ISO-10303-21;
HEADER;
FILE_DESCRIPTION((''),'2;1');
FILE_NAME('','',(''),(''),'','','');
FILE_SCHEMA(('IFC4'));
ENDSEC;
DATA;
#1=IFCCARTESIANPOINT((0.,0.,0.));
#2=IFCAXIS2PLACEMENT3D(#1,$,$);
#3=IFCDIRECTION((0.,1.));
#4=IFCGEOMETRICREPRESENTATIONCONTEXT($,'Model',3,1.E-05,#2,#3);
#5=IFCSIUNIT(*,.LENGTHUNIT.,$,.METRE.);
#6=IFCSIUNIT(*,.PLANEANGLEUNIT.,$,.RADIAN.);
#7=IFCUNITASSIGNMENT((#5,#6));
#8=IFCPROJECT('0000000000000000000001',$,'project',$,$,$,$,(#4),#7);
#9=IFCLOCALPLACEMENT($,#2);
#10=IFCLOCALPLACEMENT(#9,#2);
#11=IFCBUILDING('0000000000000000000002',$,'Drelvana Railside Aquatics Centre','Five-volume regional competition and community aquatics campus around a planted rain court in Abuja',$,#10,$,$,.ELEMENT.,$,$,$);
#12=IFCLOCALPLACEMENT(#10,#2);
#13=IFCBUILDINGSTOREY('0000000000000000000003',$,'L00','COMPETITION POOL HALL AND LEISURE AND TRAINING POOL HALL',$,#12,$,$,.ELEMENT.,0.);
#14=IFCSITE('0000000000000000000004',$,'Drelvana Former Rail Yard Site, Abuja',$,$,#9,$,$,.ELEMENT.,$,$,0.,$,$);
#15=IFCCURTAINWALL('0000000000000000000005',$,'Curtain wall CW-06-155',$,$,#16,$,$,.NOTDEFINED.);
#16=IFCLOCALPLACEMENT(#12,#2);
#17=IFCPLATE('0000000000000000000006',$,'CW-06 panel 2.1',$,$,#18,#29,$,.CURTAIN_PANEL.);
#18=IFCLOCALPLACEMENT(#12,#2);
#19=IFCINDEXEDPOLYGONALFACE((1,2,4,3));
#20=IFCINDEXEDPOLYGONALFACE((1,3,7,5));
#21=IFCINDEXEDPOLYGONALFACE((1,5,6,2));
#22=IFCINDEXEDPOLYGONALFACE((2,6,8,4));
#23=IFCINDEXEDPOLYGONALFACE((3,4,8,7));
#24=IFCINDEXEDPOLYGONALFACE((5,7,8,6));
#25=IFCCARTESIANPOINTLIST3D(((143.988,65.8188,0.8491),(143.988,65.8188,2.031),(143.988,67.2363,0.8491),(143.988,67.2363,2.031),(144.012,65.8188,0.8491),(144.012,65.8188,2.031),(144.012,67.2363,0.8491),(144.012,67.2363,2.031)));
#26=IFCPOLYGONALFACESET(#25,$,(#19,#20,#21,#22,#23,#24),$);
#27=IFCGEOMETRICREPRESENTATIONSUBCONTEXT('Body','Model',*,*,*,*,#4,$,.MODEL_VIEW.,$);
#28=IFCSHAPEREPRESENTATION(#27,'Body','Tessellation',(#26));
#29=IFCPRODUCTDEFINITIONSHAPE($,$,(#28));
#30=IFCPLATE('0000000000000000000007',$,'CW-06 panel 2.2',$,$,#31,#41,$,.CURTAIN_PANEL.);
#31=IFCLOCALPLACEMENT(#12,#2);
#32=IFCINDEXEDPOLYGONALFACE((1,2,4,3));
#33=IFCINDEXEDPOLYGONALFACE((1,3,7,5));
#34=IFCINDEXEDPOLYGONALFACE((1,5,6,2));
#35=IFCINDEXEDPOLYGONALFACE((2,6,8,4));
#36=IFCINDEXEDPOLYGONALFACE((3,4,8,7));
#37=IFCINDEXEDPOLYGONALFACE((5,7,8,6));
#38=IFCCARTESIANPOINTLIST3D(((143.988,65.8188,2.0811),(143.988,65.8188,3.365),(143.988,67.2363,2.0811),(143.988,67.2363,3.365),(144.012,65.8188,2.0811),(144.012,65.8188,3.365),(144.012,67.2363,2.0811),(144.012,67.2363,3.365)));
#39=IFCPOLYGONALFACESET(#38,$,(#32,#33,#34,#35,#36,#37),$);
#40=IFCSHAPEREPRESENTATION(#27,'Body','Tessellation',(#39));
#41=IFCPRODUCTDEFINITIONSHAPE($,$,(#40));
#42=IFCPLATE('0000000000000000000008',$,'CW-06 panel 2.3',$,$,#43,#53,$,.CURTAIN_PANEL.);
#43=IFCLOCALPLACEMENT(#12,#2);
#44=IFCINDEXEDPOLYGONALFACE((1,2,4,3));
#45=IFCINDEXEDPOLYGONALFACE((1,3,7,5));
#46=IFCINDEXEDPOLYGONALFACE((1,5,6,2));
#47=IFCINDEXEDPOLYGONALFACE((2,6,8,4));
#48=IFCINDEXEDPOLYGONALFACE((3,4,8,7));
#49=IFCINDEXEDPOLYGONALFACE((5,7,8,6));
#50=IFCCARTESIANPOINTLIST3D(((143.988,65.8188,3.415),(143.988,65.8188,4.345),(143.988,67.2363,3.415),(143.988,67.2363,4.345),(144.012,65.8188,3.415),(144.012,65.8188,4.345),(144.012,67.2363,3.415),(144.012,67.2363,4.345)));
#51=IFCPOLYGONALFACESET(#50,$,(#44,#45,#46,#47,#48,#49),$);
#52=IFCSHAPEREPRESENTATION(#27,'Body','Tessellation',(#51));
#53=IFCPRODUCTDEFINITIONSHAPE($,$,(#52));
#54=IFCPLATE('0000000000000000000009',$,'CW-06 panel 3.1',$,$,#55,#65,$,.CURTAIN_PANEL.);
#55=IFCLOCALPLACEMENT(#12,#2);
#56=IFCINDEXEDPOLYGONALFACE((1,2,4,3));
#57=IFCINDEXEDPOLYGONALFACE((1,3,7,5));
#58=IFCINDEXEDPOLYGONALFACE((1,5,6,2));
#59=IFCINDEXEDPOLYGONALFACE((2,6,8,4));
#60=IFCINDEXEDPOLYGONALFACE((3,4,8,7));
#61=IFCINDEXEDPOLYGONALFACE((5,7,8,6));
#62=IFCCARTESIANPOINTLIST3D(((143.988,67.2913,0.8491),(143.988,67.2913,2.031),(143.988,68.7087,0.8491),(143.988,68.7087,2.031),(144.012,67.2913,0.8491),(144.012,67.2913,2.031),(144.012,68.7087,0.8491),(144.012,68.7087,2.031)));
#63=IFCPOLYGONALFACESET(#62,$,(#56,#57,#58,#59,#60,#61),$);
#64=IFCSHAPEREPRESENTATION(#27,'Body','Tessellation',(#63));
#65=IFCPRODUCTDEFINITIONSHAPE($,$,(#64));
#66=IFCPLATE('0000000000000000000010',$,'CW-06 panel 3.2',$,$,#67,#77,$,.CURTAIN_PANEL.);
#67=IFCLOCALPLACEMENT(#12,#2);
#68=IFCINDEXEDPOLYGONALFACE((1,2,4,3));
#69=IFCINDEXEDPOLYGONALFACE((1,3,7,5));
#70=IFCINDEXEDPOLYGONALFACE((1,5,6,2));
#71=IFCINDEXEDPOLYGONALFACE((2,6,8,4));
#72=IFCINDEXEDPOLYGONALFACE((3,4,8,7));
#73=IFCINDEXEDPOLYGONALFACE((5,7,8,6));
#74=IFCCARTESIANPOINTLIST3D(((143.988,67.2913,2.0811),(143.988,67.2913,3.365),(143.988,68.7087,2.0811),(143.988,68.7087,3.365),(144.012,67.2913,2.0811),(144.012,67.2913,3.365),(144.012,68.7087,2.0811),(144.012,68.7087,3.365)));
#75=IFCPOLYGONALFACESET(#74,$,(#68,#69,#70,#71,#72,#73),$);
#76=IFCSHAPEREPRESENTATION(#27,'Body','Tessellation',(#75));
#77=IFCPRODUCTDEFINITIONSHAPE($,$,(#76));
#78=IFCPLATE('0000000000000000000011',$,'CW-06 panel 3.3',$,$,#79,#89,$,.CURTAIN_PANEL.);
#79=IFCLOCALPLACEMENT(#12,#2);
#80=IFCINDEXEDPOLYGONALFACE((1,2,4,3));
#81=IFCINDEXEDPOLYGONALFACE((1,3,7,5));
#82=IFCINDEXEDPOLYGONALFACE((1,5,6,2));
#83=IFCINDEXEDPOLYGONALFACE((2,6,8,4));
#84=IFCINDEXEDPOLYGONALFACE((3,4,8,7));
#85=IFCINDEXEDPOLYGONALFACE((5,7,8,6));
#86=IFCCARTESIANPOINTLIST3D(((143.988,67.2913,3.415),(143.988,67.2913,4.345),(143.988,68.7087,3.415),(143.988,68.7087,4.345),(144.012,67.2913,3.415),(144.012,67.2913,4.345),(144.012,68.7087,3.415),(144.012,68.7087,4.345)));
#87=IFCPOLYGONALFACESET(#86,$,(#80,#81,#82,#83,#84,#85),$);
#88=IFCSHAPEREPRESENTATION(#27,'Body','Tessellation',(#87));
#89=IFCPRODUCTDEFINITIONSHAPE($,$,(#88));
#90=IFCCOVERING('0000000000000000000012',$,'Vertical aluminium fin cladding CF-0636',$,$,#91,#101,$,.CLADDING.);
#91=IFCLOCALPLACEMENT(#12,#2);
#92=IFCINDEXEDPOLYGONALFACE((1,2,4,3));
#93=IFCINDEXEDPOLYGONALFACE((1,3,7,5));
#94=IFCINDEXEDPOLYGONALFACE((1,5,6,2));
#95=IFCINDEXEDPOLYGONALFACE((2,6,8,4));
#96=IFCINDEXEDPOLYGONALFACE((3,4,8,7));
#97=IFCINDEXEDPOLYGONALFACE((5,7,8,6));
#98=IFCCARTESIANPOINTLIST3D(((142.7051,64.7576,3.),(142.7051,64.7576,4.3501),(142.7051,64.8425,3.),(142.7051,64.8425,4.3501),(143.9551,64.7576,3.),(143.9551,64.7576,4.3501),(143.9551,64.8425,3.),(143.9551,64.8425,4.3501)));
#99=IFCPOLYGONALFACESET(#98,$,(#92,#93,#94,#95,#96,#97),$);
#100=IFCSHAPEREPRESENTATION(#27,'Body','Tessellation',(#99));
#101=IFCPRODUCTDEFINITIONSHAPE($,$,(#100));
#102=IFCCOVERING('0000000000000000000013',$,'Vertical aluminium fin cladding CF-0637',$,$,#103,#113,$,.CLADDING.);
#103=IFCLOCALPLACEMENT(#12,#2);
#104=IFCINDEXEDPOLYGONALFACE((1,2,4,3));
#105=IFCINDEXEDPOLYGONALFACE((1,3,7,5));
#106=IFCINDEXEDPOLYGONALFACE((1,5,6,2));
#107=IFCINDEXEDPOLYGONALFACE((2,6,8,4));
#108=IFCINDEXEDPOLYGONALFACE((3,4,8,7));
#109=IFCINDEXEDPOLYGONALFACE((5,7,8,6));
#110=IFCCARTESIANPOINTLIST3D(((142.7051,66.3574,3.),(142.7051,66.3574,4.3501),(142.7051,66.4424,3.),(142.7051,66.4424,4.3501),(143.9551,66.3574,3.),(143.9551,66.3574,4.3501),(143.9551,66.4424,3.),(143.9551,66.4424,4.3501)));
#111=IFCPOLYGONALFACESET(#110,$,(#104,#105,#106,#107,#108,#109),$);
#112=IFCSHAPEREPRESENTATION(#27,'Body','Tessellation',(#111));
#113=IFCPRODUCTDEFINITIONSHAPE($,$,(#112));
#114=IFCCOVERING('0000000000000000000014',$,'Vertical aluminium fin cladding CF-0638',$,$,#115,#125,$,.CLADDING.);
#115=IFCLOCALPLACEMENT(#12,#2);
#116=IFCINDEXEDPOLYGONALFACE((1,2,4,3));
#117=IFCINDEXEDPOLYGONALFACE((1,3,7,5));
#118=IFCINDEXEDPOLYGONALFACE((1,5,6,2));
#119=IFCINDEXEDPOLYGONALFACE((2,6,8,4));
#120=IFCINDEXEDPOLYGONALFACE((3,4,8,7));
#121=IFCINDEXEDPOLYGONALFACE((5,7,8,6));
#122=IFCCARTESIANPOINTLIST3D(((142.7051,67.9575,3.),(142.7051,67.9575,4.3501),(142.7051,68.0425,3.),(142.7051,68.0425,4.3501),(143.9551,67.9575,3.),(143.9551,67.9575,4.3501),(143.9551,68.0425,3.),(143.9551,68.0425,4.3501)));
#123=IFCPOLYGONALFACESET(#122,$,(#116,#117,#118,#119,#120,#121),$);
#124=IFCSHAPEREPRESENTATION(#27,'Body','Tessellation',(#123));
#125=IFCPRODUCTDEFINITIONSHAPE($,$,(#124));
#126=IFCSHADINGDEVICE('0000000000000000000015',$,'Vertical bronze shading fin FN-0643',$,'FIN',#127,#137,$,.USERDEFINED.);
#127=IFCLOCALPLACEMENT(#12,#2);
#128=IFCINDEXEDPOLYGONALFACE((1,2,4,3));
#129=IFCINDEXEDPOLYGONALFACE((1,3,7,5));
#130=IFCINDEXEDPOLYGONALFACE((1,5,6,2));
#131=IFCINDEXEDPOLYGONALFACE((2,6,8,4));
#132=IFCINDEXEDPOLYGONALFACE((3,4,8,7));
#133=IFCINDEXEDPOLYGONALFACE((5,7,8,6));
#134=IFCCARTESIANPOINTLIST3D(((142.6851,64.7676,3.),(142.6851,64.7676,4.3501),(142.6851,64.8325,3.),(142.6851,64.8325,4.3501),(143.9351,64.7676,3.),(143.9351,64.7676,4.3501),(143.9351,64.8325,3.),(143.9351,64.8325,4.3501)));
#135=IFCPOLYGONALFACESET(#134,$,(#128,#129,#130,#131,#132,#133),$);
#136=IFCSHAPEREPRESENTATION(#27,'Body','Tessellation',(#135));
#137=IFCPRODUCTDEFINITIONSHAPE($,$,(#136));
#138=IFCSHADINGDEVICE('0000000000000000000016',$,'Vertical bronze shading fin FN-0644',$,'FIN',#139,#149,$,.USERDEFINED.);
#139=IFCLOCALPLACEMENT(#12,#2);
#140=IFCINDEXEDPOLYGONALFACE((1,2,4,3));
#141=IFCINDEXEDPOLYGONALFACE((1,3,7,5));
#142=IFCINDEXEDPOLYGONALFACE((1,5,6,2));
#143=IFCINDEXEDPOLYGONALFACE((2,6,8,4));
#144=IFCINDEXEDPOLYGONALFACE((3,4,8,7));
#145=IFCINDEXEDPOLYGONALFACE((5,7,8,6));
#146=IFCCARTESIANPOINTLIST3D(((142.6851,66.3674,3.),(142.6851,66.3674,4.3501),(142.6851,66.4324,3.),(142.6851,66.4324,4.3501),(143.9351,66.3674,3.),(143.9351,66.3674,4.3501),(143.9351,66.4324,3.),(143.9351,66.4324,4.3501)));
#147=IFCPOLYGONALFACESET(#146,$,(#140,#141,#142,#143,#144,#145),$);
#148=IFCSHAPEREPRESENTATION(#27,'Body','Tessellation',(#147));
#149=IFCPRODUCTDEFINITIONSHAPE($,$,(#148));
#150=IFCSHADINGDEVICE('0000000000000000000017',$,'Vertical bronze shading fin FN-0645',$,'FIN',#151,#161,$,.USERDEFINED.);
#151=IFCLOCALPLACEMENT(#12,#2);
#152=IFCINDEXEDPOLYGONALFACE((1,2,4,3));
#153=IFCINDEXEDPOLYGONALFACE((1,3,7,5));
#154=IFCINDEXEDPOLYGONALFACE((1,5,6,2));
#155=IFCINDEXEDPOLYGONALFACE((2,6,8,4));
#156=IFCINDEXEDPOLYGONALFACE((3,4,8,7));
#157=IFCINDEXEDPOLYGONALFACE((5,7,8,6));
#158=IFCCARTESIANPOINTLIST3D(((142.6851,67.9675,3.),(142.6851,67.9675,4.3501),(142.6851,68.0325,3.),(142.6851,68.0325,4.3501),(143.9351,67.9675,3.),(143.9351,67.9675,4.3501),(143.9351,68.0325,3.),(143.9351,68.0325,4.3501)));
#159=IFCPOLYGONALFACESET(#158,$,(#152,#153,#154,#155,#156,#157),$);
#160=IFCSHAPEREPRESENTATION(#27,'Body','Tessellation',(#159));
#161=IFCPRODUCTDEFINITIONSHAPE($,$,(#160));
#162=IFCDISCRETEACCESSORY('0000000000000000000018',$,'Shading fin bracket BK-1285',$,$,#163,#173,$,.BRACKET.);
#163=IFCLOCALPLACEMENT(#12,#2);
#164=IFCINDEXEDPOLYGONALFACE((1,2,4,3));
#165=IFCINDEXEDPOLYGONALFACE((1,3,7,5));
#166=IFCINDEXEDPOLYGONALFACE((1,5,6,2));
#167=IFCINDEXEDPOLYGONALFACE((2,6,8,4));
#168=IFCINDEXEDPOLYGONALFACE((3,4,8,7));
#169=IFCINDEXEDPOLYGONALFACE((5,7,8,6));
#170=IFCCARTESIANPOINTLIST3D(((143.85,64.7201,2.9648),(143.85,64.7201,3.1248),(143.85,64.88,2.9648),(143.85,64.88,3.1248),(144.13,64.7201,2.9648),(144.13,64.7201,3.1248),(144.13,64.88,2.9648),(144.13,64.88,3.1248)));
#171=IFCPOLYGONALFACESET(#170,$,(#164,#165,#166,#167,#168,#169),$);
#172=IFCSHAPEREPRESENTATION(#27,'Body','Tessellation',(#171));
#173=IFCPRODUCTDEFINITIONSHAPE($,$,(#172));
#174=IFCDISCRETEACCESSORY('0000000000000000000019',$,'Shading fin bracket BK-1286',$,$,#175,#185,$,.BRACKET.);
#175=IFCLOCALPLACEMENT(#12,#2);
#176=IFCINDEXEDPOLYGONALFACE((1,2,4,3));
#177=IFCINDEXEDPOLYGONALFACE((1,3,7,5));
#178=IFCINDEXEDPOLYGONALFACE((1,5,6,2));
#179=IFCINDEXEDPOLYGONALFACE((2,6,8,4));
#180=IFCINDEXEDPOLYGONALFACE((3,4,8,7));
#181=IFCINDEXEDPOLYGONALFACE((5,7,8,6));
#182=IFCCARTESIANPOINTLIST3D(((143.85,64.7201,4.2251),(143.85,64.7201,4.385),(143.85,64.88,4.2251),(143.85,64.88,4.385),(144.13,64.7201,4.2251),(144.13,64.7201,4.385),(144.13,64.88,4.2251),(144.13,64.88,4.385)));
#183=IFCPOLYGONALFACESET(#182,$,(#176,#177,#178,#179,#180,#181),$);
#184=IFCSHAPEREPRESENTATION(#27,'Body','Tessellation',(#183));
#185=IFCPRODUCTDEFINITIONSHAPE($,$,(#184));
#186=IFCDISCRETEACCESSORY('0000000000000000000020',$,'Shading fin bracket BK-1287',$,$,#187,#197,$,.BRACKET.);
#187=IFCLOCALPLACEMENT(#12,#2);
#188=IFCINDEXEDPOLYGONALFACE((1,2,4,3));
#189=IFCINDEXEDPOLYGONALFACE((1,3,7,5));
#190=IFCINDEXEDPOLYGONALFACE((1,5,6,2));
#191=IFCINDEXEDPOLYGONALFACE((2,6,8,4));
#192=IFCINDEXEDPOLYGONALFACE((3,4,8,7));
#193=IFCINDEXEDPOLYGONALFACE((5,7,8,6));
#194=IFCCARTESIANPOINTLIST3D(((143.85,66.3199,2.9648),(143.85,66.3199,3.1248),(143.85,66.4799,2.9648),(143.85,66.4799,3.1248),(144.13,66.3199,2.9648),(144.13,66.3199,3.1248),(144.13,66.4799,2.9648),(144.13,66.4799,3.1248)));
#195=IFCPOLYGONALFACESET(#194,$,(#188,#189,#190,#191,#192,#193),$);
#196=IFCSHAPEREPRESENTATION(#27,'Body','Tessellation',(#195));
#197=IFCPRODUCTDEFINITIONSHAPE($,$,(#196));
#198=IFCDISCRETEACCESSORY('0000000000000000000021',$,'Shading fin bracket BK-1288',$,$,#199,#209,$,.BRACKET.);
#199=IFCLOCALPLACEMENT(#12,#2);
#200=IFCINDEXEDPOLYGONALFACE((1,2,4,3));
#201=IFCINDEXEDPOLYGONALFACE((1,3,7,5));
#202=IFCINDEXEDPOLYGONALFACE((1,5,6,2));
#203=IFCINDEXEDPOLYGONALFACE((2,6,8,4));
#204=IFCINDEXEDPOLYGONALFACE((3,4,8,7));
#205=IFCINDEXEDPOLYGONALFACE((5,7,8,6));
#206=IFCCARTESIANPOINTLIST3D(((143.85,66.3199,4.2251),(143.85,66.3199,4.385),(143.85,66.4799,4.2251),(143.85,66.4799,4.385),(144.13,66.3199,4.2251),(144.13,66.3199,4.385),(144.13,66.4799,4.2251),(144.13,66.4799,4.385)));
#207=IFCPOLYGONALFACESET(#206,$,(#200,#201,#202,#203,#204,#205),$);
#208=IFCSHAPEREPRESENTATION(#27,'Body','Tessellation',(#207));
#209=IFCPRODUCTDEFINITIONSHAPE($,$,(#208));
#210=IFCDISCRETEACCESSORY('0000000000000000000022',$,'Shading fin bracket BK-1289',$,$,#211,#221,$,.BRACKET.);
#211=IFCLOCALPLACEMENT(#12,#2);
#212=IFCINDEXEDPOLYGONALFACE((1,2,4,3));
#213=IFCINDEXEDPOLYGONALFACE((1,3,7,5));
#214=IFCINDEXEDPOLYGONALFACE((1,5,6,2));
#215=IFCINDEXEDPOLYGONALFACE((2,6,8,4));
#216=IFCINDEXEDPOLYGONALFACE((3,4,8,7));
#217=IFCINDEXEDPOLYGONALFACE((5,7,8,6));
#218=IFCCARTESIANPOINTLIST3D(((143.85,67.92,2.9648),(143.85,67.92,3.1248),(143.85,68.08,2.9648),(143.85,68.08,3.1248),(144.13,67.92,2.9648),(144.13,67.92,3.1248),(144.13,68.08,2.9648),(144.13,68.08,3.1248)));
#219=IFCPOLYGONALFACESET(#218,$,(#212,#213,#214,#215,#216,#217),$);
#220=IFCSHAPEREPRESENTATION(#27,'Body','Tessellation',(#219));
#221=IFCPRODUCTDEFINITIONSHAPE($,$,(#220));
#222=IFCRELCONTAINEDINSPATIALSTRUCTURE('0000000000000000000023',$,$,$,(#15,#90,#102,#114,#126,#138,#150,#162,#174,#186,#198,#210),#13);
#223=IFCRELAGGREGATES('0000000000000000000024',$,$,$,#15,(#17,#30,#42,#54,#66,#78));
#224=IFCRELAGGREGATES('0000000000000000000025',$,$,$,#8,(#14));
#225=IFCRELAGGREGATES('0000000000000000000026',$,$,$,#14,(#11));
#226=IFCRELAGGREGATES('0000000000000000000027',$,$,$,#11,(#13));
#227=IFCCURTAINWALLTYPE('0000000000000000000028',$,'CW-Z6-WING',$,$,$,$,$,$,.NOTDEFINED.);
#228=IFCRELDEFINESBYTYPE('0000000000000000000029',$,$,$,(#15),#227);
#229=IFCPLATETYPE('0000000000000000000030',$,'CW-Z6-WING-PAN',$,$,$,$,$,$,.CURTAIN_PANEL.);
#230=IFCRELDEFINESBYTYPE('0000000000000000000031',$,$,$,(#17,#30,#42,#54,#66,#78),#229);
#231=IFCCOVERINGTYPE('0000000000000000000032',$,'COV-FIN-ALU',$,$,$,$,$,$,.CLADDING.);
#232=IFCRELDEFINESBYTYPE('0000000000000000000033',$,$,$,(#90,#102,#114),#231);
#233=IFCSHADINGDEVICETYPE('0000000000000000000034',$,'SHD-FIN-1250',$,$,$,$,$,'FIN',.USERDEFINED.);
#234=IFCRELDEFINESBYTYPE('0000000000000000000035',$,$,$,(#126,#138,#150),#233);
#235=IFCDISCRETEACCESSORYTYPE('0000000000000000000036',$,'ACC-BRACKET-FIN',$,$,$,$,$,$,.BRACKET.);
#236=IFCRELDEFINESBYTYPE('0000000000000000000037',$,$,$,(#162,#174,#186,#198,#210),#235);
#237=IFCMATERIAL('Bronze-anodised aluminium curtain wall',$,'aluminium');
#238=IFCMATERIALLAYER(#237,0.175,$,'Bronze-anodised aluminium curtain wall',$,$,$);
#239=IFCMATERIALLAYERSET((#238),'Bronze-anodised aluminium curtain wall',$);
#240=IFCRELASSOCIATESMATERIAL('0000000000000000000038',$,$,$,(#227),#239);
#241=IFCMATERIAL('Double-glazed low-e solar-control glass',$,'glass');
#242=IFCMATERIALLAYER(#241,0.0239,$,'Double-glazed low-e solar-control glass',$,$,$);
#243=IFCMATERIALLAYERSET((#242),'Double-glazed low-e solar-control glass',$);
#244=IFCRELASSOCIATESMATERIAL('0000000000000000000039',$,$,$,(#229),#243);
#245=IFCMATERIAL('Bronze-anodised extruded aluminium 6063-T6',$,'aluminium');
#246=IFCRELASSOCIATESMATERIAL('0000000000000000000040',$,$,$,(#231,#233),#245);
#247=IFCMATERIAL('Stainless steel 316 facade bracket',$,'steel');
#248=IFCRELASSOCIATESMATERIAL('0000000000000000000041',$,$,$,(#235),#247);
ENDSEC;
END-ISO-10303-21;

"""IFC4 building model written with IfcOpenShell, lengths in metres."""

from ifc_helpers import new_model, si_unit, direction, frame, origin, origin_2d, place, context, subcontext, project, spatial, rectangle, extrude, material, layer, layer_set, type_object, element, aggregate, save


model = new_model("IFC4")

# Units and contexts
model_context = context("Model", 3, precision=1e-05, world=origin(), true_north=direction((0.0, 1.0)))
body_context = subcontext(model_context, "Body", "Model", "MODEL_VIEW")
ifc_project = project(units=[si_unit("LENGTHUNIT", "METRE"), si_unit("PLANEANGLEUNIT", "RADIAN")], contexts=[model_context])

# Site, building, storey
site_placement = place(None, origin())
site = spatial("IfcSite", under=ifc_project, at=site_placement, Name="Drelvana Former Rail Yard Site, Abuja", CompositionType="ELEMENT", RefElevation=0.0)
building_placement = place(site_placement, origin())
building = spatial("IfcBuilding", under=site, at=building_placement, Name="Drelvana Railside Aquatics Centre", Description="Five-volume regional competition and community aquatics campus around a planted rain court in Abuja", CompositionType="ELEMENT")
storey_placement = place(building_placement, origin())
storey = spatial("IfcBuildingStorey", under=building, at=storey_placement, Name="L00", Description="COMPETITION POOL HALL AND LEISURE AND TRAINING POOL HALL", CompositionType="ELEMENT", Elevation=0.0)

# Curtain wall, plates
ifc_material_1 = material(Name="Bronze-anodised aluminium curtain wall", Category="aluminium")
ifc_layer_1 = layer(ifc_material_1, 0.175, Name="Bronze-anodised aluminium curtain wall")
ifc_layer_set_1 = layer_set([ifc_layer_1], Name="Bronze-anodised aluminium curtain wall")
curtain_wall_type = type_object("IfcCurtainWallType", Name="CW-Z6-WING", PredefinedType="NOTDEFINED", material=ifc_layer_set_1)
curtain_wall_placement = place(storey_placement, origin())
curtain_wall = element("IfcCurtainWall", 1, at=curtain_wall_placement, inside=storey, type_object=curtain_wall_type, Name="Curtain wall CW-06-155", PredefinedType="NOTDEFINED")
ifc_material_2 = material(Name="Double-glazed low-e solar-control glass", Category="glass")
ifc_layer_2 = layer(ifc_material_2, 0.0239, Name="Double-glazed low-e solar-control glass")
ifc_layer_set_2 = layer_set([ifc_layer_2], Name="Double-glazed low-e solar-control glass")
plate_type = type_object("IfcPlateType", Name="CW-Z6-WING-PAN", PredefinedType="CURTAIN_PANEL", material=ifc_layer_set_2)
plate_1_placement = place(storey_placement, frame((144.0, 66.5276, 0.8491), z_axis=(0.0, 0.0, 1.0), x_axis=(0.0, 1.0, 0.0)))
plate_1 = element("IfcPlate", 2, at=plate_1_placement, type_object=plate_type, Name="CW-06 panel 2.1", PredefinedType="CURTAIN_PANEL", context=body_context, shape_type="SweptSolid", body=[
    extrude(rectangle(XDim=1.4175, YDim=0.0239, at=origin_2d()), origin(), (0.0, 0.0, 1.0), 1.1819),
])
plate_2_placement = place(storey_placement, frame((144.0, 66.5276, 2.0811), z_axis=(0.0, 0.0, 1.0), x_axis=(0.0, 1.0, 0.0)))
plate_2 = element("IfcPlate", 3, at=plate_2_placement, type_object=plate_type, Name="CW-06 panel 2.2", PredefinedType="CURTAIN_PANEL", context=body_context, shape_type="SweptSolid", body=[
    extrude(rectangle(XDim=1.4175, YDim=0.0239, at=origin_2d()), origin(), (0.0, 0.0, 1.0), 1.2839),
])
plate_3_placement = place(storey_placement, frame((144.0, 66.5276, 3.415), z_axis=(0.0, 0.0, 1.0), x_axis=(0.0, 1.0, 0.0)))
plate_3 = element("IfcPlate", 4, at=plate_3_placement, type_object=plate_type, Name="CW-06 panel 2.3", PredefinedType="CURTAIN_PANEL", context=body_context, shape_type="SweptSolid", body=[
    extrude(rectangle(XDim=1.4175, YDim=0.0239, at=origin_2d()), origin(), (0.0, 0.0, 1.0), 0.9299),
])
plate_4_placement = place(storey_placement, frame((144.0, 68.0, 0.8491), z_axis=(0.0, 0.0, 1.0), x_axis=(0.0, 1.0, 0.0)))
plate_4 = element("IfcPlate", 5, at=plate_4_placement, type_object=plate_type, Name="CW-06 panel 3.1", PredefinedType="CURTAIN_PANEL", context=body_context, shape_type="SweptSolid", body=[
    extrude(rectangle(XDim=1.4175, YDim=0.0239, at=origin_2d()), origin(), (0.0, 0.0, 1.0), 1.1819),
])
plate_5_placement = place(storey_placement, frame((144.0, 68.0, 2.0811), z_axis=(0.0, 0.0, 1.0), x_axis=(0.0, 1.0, 0.0)))
plate_5 = element("IfcPlate", 6, at=plate_5_placement, type_object=plate_type, Name="CW-06 panel 3.2", PredefinedType="CURTAIN_PANEL", context=body_context, shape_type="SweptSolid", body=[
    extrude(rectangle(XDim=1.4175, YDim=0.0239, at=origin_2d()), origin(), (0.0, 0.0, 1.0), 1.2839),
])
plate_6_placement = place(storey_placement, frame((144.0, 68.0, 3.415), z_axis=(0.0, 0.0, 1.0), x_axis=(0.0, 1.0, 0.0)))
plate_6 = element("IfcPlate", 7, at=plate_6_placement, type_object=plate_type, Name="CW-06 panel 3.3", PredefinedType="CURTAIN_PANEL", context=body_context, shape_type="SweptSolid", body=[
    extrude(rectangle(XDim=1.4175, YDim=0.0239, at=origin_2d()), origin(), (0.0, 0.0, 1.0), 0.9299),
])
aggregate(curtain_wall, [plate_1, plate_2, plate_3, plate_4, plate_5, plate_6])

# Coverings
ifc_material_3 = material(Name="Bronze-anodised extruded aluminium 6063-T6", Category="aluminium")
covering_type = type_object("IfcCoveringType", Name="COV-FIN-ALU", PredefinedType="CLADDING", material=ifc_material_3)
for number, where, z_axis, x_axis, name in (
    (8, (143.3301, 64.8, 3.0), (0.0, 0.0, 1.0), (0.0, 1.0, 0.0), "Vertical aluminium fin cladding CF-0636"),
    (9, (143.3301, 66.3999, 3.0), (0.0, 0.0, 1.0), (0.0, 1.0, 0.0), "Vertical aluminium fin cladding CF-0637"),
    (10, (143.3301, 68.0, 3.0), (0.0, 0.0, 1.0), (0.0, 1.0, 0.0), "Vertical aluminium fin cladding CF-0638"),
):
    element("IfcCovering", number, at=place(storey_placement, frame(where, z_axis=z_axis, x_axis=x_axis)), inside=storey, type_object=covering_type, Name=name, PredefinedType="CLADDING", context=body_context, shape_type="SweptSolid", body=[
        extrude(rectangle(XDim=0.085, YDim=1.25, at=origin_2d()), origin(), (0.0, 0.0, 1.0), 1.3501),
    ])

# Shading devices
shading_device_type = type_object("IfcShadingDeviceType", Name="SHD-FIN-1250", ElementType="FIN", PredefinedType="USERDEFINED", material=ifc_material_3)
for number, where, z_axis, x_axis, name in (
    (11, (143.3101, 64.8, 3.0), (0.0, 0.0, 1.0), (-1.0, 0.0, 0.0), "Vertical bronze shading fin FN-0643"),
    (12, (143.3101, 66.3999, 3.0), (0.0, 0.0, 1.0), (-1.0, 0.0, 0.0), "Vertical bronze shading fin FN-0644"),
    (13, (143.3101, 68.0, 3.0), (0.0, 0.0, 1.0), (-1.0, 0.0, 0.0), "Vertical bronze shading fin FN-0645"),
):
    element("IfcShadingDevice", number, at=place(storey_placement, frame(where, z_axis=z_axis, x_axis=x_axis)), inside=storey, type_object=shading_device_type, Name=name, ObjectType="FIN", PredefinedType="USERDEFINED", context=body_context, shape_type="SweptSolid", body=[
        extrude(rectangle(XDim=1.25, YDim=0.0649, at=origin_2d()), origin(), (0.0, 0.0, 1.0), 1.3501),
    ])

# Discrete accessories
ifc_material_4 = material(Name="Stainless steel 316 facade bracket", Category="steel")
discrete_accessory_type = type_object("IfcDiscreteAccessoryType", Name="ACC-BRACKET-FIN", PredefinedType="BRACKET", material=ifc_material_4)
for number, where, z_axis, x_axis, name in (
    (14, (143.99, 64.8, 2.9648), (0.0, 0.0, 1.0), (-1.0, 0.0, 0.0), "Shading fin bracket BK-1285"),
    (15, (143.99, 64.8, 4.2251), (0.0, 0.0, 1.0), (-1.0, 0.0, 0.0), "Shading fin bracket BK-1286"),
    (16, (143.99, 66.3999, 2.9648), (0.0, 0.0, 1.0), (-1.0, 0.0, 0.0), "Shading fin bracket BK-1287"),
    (17, (143.99, 66.3999, 4.2251), (0.0, 0.0, 1.0), (-1.0, 0.0, 0.0), "Shading fin bracket BK-1288"),
    (18, (143.99, 68.0, 2.9648), (0.0, 0.0, 1.0), (-1.0, 0.0, 0.0), "Shading fin bracket BK-1289"),
):
    element("IfcDiscreteAccessory", number, at=place(storey_placement, frame(where, z_axis=z_axis, x_axis=x_axis)), inside=storey, type_object=discrete_accessory_type, Name=name, PredefinedType="BRACKET", context=body_context, shape_type="SweptSolid", body=[
        extrude(rectangle(XDim=0.28, YDim=0.1599, at=origin_2d()), origin(), (0.0, 0.0, 1.0), 0.1599),
    ])

save(model, "model.ifc")
